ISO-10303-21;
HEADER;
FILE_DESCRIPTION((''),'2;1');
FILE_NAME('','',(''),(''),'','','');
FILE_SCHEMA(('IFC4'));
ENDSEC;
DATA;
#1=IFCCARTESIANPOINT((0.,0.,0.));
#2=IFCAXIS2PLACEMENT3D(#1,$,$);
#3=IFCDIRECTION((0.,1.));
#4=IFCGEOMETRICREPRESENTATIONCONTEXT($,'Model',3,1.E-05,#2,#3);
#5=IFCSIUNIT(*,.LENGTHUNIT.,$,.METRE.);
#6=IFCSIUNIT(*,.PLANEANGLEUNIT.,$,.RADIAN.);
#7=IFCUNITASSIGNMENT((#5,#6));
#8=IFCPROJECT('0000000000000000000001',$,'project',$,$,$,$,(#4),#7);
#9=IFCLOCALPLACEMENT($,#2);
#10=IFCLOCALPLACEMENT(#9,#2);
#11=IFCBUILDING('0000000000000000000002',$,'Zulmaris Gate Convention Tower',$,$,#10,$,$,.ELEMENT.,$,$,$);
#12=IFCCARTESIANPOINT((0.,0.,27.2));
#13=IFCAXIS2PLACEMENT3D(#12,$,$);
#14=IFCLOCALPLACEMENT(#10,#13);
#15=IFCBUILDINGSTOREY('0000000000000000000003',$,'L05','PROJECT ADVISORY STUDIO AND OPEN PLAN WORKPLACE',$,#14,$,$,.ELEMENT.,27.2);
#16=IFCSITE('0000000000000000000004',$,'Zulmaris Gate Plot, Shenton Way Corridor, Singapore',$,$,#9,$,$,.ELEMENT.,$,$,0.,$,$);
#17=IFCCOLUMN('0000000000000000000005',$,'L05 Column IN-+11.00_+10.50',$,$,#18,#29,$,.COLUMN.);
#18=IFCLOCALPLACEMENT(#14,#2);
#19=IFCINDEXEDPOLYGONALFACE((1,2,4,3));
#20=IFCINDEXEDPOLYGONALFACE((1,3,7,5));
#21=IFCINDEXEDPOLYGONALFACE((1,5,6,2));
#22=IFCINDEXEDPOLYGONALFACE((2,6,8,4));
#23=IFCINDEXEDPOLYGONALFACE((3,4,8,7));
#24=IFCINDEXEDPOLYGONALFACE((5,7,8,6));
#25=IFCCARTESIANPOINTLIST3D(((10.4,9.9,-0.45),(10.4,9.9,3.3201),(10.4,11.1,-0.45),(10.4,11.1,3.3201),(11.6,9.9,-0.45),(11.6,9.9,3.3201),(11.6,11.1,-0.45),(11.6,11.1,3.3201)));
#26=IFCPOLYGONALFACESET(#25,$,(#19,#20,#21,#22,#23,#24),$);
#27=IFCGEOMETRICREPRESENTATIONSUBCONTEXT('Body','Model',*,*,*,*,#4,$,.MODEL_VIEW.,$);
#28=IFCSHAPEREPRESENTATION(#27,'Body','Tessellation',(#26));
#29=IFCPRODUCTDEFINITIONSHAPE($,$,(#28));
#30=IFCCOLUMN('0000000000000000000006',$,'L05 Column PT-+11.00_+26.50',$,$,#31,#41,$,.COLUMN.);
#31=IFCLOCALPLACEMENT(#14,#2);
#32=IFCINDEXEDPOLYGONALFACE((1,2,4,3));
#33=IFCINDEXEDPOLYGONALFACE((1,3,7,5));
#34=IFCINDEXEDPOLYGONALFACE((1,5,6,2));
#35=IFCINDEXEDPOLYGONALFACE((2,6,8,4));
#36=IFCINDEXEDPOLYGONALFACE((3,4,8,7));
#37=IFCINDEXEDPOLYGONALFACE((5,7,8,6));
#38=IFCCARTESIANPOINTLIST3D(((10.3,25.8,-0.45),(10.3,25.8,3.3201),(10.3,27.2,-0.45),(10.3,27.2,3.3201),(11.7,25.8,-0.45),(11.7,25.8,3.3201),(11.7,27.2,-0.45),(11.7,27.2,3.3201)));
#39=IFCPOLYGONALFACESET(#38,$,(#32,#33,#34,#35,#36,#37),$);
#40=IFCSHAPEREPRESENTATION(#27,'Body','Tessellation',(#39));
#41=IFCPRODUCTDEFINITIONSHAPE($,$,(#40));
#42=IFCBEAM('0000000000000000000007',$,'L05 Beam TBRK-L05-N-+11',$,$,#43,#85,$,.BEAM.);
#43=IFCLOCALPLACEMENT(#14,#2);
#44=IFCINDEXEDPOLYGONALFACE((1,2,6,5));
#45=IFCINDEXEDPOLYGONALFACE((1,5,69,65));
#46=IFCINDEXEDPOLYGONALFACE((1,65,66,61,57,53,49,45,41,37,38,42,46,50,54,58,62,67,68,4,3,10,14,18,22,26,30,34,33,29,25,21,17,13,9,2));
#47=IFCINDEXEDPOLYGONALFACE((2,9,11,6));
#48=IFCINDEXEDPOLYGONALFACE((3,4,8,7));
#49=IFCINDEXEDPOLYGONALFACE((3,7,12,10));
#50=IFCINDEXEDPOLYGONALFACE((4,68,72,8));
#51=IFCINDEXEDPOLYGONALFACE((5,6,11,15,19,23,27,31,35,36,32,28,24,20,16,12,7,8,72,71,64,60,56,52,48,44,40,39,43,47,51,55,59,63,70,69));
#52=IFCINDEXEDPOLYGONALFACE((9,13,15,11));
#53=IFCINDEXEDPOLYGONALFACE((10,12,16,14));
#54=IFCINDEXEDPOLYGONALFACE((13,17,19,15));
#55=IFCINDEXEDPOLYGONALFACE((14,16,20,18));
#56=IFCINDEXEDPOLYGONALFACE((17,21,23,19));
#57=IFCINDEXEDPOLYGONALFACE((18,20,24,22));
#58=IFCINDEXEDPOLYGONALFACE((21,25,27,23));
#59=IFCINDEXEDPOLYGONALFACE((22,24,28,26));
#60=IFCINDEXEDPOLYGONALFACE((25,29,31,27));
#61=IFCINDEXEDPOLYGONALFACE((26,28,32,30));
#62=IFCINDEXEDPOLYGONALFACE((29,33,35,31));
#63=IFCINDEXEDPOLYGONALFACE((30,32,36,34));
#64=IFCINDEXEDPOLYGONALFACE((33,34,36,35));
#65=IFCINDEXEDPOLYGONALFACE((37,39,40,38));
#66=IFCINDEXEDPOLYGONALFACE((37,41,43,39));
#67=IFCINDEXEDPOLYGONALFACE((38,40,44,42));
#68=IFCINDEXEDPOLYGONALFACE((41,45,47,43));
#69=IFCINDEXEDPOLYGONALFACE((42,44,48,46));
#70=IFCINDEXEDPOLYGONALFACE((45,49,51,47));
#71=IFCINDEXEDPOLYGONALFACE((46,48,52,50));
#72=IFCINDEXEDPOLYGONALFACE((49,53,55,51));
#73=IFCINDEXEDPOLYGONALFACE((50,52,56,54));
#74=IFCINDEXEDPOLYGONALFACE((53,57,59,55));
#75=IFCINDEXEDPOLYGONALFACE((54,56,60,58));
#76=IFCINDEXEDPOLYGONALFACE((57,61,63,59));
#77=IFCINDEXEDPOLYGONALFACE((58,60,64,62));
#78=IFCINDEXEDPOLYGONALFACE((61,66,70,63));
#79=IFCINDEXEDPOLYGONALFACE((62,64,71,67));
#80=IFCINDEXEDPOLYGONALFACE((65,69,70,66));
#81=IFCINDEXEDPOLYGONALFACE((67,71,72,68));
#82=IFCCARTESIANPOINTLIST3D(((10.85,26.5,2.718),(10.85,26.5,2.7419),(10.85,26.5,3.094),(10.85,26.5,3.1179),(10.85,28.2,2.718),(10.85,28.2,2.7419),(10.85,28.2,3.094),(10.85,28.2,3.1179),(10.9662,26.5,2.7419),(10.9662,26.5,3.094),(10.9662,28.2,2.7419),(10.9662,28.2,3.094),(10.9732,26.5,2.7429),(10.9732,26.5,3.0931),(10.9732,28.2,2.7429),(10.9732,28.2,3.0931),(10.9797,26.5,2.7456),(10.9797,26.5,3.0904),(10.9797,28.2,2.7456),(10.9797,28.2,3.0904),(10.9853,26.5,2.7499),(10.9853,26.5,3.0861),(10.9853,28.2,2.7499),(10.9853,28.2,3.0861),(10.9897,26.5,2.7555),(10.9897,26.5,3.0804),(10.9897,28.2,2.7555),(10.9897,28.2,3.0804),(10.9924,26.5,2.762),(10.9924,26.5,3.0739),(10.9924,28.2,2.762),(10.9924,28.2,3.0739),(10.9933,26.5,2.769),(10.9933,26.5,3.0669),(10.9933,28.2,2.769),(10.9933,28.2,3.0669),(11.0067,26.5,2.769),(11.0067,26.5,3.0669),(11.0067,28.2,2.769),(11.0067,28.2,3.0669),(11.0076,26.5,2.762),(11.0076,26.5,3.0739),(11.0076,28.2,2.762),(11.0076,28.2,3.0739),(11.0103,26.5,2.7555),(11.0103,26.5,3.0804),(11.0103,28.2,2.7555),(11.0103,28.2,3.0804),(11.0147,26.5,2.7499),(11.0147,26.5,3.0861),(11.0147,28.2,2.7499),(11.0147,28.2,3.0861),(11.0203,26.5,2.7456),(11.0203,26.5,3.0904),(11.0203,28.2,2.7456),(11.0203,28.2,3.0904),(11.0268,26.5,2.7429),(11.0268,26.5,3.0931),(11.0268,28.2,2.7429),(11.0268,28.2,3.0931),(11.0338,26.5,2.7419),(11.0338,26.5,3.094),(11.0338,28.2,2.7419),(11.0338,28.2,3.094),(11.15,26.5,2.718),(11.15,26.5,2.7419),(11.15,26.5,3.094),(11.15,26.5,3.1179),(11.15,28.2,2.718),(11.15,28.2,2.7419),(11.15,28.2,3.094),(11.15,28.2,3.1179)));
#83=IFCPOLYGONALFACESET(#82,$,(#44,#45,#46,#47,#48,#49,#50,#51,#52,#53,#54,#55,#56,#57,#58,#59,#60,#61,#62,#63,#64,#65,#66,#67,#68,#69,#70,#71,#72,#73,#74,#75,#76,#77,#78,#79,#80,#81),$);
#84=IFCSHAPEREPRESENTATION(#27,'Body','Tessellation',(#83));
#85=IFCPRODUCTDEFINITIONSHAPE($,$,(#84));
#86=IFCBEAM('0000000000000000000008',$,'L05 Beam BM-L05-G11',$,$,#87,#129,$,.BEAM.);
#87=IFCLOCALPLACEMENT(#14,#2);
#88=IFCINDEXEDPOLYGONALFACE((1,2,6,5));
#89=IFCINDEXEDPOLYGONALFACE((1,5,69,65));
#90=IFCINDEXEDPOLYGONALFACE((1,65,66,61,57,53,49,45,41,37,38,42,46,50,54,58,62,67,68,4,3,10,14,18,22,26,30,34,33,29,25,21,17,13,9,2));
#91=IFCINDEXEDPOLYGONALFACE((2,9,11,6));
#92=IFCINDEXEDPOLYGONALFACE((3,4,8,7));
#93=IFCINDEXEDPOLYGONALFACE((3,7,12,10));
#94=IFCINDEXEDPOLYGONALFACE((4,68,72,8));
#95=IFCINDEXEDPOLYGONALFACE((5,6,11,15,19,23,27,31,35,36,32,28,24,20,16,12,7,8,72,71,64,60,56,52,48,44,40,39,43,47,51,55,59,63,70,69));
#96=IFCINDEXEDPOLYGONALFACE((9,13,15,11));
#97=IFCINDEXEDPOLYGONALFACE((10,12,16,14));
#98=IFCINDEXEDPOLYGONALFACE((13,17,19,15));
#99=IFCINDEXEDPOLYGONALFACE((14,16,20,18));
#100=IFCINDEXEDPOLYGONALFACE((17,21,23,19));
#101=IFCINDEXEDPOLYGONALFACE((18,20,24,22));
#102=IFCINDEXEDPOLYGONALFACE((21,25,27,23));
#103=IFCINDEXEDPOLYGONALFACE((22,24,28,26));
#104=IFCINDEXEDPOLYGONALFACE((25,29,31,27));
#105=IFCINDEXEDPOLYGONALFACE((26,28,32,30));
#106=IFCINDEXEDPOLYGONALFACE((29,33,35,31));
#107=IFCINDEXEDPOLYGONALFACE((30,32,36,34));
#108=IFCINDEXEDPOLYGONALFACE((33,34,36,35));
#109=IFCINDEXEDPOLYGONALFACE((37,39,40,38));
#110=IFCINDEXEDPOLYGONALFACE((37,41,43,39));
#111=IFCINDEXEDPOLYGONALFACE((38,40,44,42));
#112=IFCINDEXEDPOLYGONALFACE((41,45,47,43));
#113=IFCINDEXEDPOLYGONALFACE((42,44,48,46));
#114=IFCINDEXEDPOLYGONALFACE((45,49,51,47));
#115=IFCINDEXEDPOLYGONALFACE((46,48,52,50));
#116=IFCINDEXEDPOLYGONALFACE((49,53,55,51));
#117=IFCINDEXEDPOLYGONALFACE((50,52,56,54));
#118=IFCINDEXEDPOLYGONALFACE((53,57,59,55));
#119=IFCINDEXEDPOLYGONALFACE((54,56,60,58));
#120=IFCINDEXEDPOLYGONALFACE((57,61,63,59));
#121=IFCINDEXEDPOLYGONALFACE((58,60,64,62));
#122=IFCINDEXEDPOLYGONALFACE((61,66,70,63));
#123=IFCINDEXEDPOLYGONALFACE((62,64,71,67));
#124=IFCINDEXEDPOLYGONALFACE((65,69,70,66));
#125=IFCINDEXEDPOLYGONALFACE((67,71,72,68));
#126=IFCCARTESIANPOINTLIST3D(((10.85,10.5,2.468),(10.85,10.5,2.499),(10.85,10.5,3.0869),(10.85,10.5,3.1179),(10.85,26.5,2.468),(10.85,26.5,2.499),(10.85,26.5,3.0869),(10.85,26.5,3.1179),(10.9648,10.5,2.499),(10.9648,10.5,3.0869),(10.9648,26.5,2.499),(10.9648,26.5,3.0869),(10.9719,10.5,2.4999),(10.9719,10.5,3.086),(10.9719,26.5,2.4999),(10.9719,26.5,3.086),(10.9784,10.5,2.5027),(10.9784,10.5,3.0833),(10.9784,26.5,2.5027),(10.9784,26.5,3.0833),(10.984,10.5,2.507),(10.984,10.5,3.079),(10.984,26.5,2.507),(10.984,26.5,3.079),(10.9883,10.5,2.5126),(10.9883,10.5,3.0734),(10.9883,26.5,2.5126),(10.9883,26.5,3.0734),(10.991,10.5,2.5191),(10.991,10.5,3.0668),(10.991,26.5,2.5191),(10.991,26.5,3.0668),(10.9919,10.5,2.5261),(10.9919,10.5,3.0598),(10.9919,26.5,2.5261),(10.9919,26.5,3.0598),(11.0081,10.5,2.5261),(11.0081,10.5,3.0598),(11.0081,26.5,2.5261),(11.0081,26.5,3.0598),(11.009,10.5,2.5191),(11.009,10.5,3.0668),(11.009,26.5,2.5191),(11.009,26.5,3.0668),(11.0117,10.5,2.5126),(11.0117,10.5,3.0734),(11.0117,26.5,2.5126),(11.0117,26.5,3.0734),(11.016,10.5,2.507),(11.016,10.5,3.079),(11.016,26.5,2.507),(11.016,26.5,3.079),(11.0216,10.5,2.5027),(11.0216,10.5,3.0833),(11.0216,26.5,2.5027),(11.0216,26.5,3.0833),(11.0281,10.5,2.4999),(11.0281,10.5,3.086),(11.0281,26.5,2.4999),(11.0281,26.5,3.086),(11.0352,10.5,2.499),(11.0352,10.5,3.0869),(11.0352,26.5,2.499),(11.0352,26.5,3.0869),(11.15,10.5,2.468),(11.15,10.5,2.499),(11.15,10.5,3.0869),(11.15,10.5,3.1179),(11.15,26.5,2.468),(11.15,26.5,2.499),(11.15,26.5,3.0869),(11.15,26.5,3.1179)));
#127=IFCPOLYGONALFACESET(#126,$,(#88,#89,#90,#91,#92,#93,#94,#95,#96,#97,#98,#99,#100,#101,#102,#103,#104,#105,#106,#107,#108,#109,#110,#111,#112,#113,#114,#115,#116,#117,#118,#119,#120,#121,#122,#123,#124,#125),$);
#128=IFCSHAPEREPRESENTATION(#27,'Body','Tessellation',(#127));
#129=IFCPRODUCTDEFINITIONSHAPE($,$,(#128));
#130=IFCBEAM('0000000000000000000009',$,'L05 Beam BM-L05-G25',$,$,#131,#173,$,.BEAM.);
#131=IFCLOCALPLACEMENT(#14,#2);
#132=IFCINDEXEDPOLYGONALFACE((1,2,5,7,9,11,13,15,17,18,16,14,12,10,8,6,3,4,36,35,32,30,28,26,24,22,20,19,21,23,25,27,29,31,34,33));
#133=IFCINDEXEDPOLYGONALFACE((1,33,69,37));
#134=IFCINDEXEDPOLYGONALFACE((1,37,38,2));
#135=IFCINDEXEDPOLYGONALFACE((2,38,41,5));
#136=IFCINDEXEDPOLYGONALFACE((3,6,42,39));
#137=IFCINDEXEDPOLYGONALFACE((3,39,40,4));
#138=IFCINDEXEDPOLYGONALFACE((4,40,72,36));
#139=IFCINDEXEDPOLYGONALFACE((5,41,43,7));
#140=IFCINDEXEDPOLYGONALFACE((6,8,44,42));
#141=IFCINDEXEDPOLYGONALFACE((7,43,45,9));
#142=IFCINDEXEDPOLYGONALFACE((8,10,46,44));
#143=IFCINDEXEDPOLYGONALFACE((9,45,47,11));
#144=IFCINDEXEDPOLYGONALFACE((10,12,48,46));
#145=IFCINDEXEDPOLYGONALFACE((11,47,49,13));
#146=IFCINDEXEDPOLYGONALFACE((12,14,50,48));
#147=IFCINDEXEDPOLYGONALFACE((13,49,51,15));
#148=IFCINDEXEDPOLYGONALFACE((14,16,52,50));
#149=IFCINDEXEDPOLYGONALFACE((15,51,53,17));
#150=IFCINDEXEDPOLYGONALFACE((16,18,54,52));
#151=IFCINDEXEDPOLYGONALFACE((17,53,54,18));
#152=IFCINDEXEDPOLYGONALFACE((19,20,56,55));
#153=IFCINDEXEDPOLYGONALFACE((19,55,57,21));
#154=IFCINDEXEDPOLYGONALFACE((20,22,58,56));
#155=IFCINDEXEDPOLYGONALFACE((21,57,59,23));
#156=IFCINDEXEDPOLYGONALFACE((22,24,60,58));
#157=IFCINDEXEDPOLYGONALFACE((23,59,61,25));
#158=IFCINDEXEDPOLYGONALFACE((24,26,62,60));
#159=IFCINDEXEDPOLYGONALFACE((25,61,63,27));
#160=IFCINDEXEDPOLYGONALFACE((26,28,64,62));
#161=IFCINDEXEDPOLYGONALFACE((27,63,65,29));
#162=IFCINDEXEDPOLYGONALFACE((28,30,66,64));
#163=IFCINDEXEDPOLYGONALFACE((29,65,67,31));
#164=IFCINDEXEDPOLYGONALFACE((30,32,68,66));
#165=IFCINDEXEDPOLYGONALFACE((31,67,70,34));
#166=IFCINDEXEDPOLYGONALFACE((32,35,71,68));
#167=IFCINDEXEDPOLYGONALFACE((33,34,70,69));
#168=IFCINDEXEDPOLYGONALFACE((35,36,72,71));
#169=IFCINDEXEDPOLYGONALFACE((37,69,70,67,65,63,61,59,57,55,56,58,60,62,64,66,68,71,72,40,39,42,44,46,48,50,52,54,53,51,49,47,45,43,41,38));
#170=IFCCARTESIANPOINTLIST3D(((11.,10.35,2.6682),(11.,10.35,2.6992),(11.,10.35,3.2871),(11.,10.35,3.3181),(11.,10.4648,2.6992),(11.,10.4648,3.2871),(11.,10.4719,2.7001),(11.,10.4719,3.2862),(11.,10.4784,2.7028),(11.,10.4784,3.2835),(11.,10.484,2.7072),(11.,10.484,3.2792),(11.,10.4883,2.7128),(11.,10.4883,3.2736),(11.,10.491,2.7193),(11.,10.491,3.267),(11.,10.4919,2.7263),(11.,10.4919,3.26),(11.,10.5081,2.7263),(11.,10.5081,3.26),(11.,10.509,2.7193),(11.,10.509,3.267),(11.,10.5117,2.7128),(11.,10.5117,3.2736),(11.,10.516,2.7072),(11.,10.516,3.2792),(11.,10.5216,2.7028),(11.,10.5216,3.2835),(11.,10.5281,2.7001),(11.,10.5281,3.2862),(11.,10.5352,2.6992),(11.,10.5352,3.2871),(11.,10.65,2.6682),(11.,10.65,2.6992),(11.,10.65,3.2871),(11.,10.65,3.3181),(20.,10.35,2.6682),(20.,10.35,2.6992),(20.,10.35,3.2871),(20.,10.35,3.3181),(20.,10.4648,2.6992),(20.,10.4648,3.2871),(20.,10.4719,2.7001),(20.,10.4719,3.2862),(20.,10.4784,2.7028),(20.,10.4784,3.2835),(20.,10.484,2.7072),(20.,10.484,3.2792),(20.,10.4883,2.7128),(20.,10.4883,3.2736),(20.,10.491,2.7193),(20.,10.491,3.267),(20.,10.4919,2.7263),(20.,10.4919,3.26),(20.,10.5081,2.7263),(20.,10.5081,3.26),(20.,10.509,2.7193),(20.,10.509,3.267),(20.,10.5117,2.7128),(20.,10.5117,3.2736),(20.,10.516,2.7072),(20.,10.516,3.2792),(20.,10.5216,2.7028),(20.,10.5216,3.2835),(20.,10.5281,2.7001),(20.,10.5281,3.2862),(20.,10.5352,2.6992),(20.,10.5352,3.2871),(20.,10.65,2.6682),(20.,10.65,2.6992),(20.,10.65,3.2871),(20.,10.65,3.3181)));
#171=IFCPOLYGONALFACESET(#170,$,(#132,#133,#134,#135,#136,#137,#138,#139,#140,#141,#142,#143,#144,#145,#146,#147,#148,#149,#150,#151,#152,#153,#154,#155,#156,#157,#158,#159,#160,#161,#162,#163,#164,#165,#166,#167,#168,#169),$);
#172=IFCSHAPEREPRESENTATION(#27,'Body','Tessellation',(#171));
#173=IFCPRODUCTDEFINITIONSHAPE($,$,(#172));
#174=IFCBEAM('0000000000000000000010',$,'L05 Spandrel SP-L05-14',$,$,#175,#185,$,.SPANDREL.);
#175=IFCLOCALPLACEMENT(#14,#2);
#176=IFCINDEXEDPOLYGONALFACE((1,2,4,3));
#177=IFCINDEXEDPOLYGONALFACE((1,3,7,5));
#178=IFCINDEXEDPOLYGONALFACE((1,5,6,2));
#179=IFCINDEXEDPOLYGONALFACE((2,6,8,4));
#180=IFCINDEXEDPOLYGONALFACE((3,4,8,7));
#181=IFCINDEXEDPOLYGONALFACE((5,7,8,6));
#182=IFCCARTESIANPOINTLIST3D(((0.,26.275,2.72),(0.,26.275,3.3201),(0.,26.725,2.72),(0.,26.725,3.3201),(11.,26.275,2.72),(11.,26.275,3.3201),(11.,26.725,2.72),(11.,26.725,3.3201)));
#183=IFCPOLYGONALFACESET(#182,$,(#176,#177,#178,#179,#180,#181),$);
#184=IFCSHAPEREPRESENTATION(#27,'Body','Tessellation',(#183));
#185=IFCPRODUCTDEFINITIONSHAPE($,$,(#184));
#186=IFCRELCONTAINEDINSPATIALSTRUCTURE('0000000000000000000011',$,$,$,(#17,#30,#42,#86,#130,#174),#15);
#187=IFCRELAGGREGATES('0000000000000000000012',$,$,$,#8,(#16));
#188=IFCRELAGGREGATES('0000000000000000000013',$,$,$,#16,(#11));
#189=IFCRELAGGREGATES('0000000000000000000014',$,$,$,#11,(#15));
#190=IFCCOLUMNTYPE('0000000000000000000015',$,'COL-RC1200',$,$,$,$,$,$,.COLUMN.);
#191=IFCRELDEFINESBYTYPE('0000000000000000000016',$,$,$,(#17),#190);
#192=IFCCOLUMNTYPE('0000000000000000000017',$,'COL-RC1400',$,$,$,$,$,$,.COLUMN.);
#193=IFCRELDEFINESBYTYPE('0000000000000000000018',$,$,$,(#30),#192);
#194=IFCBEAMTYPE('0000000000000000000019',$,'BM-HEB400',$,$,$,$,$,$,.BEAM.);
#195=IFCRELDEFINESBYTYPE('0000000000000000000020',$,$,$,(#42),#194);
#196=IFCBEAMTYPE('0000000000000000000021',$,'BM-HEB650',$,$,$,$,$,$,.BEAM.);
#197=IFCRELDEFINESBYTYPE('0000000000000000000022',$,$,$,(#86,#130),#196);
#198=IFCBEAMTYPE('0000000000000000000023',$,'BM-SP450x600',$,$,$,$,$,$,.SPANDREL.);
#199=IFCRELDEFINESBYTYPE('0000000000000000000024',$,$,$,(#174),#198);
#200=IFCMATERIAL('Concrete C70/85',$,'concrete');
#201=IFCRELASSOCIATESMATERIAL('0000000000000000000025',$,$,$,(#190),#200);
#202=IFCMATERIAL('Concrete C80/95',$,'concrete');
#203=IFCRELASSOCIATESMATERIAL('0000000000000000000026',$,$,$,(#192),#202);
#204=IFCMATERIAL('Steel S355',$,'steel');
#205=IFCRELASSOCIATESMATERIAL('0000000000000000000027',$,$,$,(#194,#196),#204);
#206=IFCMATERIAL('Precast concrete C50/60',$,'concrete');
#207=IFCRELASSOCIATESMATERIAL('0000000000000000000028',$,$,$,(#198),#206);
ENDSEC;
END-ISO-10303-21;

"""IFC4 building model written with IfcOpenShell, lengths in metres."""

from ifc_helpers import new_model, si_unit, direction, frame, origin, origin_2d, place, context, subcontext, project, spatial, rectangle, i_section, extrude, material, material_profile, profile_set, type_object, element, save


model = new_model("IFC4")

# Units and contexts
model_context = context("Model", 3, precision=1e-05, world=origin(), true_north=direction((0.0, 1.0)))
body_context = subcontext(model_context, "Body", "Model", "MODEL_VIEW")
ifc_project = project(units=[si_unit("LENGTHUNIT", "METRE"), si_unit("PLANEANGLEUNIT", "RADIAN")], contexts=[model_context])

# Site, building, storey
site_placement = place(None, origin())
site = spatial("IfcSite", under=ifc_project, at=site_placement, Name="Zulmaris Gate Plot, Shenton Way Corridor, Singapore", CompositionType="ELEMENT", RefElevation=0.0)
building_placement = place(site_placement, origin())
building = spatial("IfcBuilding", under=site, at=building_placement, Name="Zulmaris Gate Convention Tower", CompositionType="ELEMENT")
storey_placement = place(building_placement, frame((0.0, 0.0, 27.2)))
storey = spatial("IfcBuildingStorey", under=building, at=storey_placement, Name="L05", Description="PROJECT ADVISORY STUDIO AND OPEN PLAN WORKPLACE", CompositionType="ELEMENT", Elevation=27.2)

# Columns
ifc_material_1 = material(Name="Concrete C70/85", Category="concrete")
ifc_material_profile_1 = material_profile(ifc_material_1, rectangle(XDim=1.2, YDim=1.2, at=origin_2d()), Name="RC COL 1200x1200")
ifc_profile_set_1 = profile_set([ifc_material_profile_1], Name="Concrete C70/85")
column_type_1 = type_object("IfcColumnType", Name="COL-RC1200", PredefinedType="COLUMN", material=ifc_profile_set_1)
column_1_placement = place(storey_placement, frame((11.0, 10.5, -0.45), z_axis=(0.0, 0.0, 1.0), x_axis=(1.0, 0.0, 0.0)))
element("IfcColumn", 1, at=column_1_placement, inside=storey, type_object=column_type_1, Name="L05 Column IN-+11.00_+10.50", PredefinedType="COLUMN", context=body_context, shape_type="SweptSolid", body=[
    extrude(rectangle(XDim=1.2, YDim=1.2, at=origin_2d()), origin(), (0.0, 0.0, 1.0), 3.77),
])
ifc_material_2 = material(Name="Concrete C80/95", Category="concrete")
ifc_material_profile_2 = material_profile(ifc_material_2, rectangle(XDim=1.3999, YDim=1.3999, at=origin_2d()), Name="RC COL 1400x1400")
ifc_profile_set_2 = profile_set([ifc_material_profile_2], Name="Concrete C80/95")
column_type_2 = type_object("IfcColumnType", Name="COL-RC1400", PredefinedType="COLUMN", material=ifc_profile_set_2)
column_2_placement = place(storey_placement, frame((11.0, 26.5, -0.45), z_axis=(0.0, 0.0, 1.0), x_axis=(1.0, 0.0, 0.0)))
element("IfcColumn", 2, at=column_2_placement, inside=storey, type_object=column_type_2, Name="L05 Column PT-+11.00_+26.50", PredefinedType="COLUMN", context=body_context, shape_type="SweptSolid", body=[
    extrude(rectangle(XDim=1.3999, YDim=1.3999, at=origin_2d()), origin(), (0.0, 0.0, 1.0), 3.77),
])

# Beams
ifc_material_3 = material(Name="Steel S355", Category="steel")
ifc_material_profile_3 = material_profile(ifc_material_3, i_section(OverallWidth=0.3, OverallDepth=0.3999, WebThickness=0.0134, FlangeThickness=0.0239, FilletRadius=0.0271, at=origin_2d()), Name="HEB 400")
ifc_profile_set_3 = profile_set([ifc_material_profile_3], Name="Steel S355")
beam_type_1 = type_object("IfcBeamType", Name="BM-HEB400", PredefinedType="BEAM", material=ifc_profile_set_3)
beam_1_placement = place(storey_placement, frame((11.0, 26.5, 2.918), z_axis=(0.0, 1.0, 0.0), x_axis=(-1.0, 0.0, 0.0)))
element("IfcBeam", 3, at=beam_1_placement, inside=storey, type_object=beam_type_1, Name="L05 Beam TBRK-L05-N-+11", PredefinedType="BEAM", context=body_context, shape_type="SweptSolid", body=[
    extrude(i_section(OverallWidth=0.3, OverallDepth=0.3999, WebThickness=0.0134, FlangeThickness=0.0239, FilletRadius=0.0271, at=origin_2d()), origin(), (0.0, 0.0, 1.0), 1.7),
])
ifc_material_profile_4 = material_profile(ifc_material_3, i_section(OverallWidth=0.3, OverallDepth=0.6499, WebThickness=0.0161, FlangeThickness=0.031, FilletRadius=0.0271, at=origin_2d()), Name="HEB 650")
ifc_profile_set_4 = profile_set([ifc_material_profile_4], Name="Steel S355")
beam_type_2 = type_object("IfcBeamType", Name="BM-HEB650", PredefinedType="BEAM", material=ifc_profile_set_4)
beam_2_placement = place(storey_placement, frame((11.0, 10.5, 2.793), z_axis=(0.0, 1.0, 0.0), x_axis=(-1.0, 0.0, 0.0)))
element("IfcBeam", 4, at=beam_2_placement, inside=storey, type_object=beam_type_2, Name="L05 Beam BM-L05-G11", PredefinedType="BEAM", context=body_context, shape_type="SweptSolid", body=[
    extrude(i_section(OverallWidth=0.3, OverallDepth=0.6499, WebThickness=0.0161, FlangeThickness=0.031, FilletRadius=0.0271, at=origin_2d()), origin(), (0.0, 0.0, 1.0), 16.0),
])
beam_3_placement = place(storey_placement, frame((11.0, 10.5, 2.9932), z_axis=(1.0, 0.0, 0.0), x_axis=(0.0, 1.0, 0.0)))
element("IfcBeam", 5, at=beam_3_placement, inside=storey, type_object=beam_type_2, Name="L05 Beam BM-L05-G25", PredefinedType="BEAM", context=body_context, shape_type="SweptSolid", body=[
    extrude(i_section(OverallWidth=0.3, OverallDepth=0.6499, WebThickness=0.0161, FlangeThickness=0.031, FilletRadius=0.0271, at=origin_2d()), origin(), (0.0, 0.0, 1.0), 9.0),
])
ifc_material_4 = material(Name="Precast concrete C50/60", Category="concrete")
ifc_material_profile_5 = material_profile(ifc_material_4, rectangle(XDim=0.45, YDim=0.6001, at=origin_2d()), Name="RC SPANDREL 450x600")
ifc_profile_set_5 = profile_set([ifc_material_profile_5], Name="Precast concrete C50/60")
beam_type_3 = type_object("IfcBeamType", Name="BM-SP450x600", PredefinedType="SPANDREL", material=ifc_profile_set_5)
beam_4_placement = place(storey_placement, frame((11.0, 26.5, 3.02), z_axis=(-1.0, 0.0, 0.0), x_axis=(0.0, -1.0, 0.0)))
element("IfcBeam", 6, at=beam_4_placement, inside=storey, type_object=beam_type_3, Name="L05 Spandrel SP-L05-14", PredefinedType="SPANDREL", context=body_context, shape_type="SweptSolid", body=[
    extrude(rectangle(XDim=0.45, YDim=0.6001, at=origin_2d()), origin(), (0.0, 0.0, 1.0), 11.0),
])

save(model, "model.ifc")
